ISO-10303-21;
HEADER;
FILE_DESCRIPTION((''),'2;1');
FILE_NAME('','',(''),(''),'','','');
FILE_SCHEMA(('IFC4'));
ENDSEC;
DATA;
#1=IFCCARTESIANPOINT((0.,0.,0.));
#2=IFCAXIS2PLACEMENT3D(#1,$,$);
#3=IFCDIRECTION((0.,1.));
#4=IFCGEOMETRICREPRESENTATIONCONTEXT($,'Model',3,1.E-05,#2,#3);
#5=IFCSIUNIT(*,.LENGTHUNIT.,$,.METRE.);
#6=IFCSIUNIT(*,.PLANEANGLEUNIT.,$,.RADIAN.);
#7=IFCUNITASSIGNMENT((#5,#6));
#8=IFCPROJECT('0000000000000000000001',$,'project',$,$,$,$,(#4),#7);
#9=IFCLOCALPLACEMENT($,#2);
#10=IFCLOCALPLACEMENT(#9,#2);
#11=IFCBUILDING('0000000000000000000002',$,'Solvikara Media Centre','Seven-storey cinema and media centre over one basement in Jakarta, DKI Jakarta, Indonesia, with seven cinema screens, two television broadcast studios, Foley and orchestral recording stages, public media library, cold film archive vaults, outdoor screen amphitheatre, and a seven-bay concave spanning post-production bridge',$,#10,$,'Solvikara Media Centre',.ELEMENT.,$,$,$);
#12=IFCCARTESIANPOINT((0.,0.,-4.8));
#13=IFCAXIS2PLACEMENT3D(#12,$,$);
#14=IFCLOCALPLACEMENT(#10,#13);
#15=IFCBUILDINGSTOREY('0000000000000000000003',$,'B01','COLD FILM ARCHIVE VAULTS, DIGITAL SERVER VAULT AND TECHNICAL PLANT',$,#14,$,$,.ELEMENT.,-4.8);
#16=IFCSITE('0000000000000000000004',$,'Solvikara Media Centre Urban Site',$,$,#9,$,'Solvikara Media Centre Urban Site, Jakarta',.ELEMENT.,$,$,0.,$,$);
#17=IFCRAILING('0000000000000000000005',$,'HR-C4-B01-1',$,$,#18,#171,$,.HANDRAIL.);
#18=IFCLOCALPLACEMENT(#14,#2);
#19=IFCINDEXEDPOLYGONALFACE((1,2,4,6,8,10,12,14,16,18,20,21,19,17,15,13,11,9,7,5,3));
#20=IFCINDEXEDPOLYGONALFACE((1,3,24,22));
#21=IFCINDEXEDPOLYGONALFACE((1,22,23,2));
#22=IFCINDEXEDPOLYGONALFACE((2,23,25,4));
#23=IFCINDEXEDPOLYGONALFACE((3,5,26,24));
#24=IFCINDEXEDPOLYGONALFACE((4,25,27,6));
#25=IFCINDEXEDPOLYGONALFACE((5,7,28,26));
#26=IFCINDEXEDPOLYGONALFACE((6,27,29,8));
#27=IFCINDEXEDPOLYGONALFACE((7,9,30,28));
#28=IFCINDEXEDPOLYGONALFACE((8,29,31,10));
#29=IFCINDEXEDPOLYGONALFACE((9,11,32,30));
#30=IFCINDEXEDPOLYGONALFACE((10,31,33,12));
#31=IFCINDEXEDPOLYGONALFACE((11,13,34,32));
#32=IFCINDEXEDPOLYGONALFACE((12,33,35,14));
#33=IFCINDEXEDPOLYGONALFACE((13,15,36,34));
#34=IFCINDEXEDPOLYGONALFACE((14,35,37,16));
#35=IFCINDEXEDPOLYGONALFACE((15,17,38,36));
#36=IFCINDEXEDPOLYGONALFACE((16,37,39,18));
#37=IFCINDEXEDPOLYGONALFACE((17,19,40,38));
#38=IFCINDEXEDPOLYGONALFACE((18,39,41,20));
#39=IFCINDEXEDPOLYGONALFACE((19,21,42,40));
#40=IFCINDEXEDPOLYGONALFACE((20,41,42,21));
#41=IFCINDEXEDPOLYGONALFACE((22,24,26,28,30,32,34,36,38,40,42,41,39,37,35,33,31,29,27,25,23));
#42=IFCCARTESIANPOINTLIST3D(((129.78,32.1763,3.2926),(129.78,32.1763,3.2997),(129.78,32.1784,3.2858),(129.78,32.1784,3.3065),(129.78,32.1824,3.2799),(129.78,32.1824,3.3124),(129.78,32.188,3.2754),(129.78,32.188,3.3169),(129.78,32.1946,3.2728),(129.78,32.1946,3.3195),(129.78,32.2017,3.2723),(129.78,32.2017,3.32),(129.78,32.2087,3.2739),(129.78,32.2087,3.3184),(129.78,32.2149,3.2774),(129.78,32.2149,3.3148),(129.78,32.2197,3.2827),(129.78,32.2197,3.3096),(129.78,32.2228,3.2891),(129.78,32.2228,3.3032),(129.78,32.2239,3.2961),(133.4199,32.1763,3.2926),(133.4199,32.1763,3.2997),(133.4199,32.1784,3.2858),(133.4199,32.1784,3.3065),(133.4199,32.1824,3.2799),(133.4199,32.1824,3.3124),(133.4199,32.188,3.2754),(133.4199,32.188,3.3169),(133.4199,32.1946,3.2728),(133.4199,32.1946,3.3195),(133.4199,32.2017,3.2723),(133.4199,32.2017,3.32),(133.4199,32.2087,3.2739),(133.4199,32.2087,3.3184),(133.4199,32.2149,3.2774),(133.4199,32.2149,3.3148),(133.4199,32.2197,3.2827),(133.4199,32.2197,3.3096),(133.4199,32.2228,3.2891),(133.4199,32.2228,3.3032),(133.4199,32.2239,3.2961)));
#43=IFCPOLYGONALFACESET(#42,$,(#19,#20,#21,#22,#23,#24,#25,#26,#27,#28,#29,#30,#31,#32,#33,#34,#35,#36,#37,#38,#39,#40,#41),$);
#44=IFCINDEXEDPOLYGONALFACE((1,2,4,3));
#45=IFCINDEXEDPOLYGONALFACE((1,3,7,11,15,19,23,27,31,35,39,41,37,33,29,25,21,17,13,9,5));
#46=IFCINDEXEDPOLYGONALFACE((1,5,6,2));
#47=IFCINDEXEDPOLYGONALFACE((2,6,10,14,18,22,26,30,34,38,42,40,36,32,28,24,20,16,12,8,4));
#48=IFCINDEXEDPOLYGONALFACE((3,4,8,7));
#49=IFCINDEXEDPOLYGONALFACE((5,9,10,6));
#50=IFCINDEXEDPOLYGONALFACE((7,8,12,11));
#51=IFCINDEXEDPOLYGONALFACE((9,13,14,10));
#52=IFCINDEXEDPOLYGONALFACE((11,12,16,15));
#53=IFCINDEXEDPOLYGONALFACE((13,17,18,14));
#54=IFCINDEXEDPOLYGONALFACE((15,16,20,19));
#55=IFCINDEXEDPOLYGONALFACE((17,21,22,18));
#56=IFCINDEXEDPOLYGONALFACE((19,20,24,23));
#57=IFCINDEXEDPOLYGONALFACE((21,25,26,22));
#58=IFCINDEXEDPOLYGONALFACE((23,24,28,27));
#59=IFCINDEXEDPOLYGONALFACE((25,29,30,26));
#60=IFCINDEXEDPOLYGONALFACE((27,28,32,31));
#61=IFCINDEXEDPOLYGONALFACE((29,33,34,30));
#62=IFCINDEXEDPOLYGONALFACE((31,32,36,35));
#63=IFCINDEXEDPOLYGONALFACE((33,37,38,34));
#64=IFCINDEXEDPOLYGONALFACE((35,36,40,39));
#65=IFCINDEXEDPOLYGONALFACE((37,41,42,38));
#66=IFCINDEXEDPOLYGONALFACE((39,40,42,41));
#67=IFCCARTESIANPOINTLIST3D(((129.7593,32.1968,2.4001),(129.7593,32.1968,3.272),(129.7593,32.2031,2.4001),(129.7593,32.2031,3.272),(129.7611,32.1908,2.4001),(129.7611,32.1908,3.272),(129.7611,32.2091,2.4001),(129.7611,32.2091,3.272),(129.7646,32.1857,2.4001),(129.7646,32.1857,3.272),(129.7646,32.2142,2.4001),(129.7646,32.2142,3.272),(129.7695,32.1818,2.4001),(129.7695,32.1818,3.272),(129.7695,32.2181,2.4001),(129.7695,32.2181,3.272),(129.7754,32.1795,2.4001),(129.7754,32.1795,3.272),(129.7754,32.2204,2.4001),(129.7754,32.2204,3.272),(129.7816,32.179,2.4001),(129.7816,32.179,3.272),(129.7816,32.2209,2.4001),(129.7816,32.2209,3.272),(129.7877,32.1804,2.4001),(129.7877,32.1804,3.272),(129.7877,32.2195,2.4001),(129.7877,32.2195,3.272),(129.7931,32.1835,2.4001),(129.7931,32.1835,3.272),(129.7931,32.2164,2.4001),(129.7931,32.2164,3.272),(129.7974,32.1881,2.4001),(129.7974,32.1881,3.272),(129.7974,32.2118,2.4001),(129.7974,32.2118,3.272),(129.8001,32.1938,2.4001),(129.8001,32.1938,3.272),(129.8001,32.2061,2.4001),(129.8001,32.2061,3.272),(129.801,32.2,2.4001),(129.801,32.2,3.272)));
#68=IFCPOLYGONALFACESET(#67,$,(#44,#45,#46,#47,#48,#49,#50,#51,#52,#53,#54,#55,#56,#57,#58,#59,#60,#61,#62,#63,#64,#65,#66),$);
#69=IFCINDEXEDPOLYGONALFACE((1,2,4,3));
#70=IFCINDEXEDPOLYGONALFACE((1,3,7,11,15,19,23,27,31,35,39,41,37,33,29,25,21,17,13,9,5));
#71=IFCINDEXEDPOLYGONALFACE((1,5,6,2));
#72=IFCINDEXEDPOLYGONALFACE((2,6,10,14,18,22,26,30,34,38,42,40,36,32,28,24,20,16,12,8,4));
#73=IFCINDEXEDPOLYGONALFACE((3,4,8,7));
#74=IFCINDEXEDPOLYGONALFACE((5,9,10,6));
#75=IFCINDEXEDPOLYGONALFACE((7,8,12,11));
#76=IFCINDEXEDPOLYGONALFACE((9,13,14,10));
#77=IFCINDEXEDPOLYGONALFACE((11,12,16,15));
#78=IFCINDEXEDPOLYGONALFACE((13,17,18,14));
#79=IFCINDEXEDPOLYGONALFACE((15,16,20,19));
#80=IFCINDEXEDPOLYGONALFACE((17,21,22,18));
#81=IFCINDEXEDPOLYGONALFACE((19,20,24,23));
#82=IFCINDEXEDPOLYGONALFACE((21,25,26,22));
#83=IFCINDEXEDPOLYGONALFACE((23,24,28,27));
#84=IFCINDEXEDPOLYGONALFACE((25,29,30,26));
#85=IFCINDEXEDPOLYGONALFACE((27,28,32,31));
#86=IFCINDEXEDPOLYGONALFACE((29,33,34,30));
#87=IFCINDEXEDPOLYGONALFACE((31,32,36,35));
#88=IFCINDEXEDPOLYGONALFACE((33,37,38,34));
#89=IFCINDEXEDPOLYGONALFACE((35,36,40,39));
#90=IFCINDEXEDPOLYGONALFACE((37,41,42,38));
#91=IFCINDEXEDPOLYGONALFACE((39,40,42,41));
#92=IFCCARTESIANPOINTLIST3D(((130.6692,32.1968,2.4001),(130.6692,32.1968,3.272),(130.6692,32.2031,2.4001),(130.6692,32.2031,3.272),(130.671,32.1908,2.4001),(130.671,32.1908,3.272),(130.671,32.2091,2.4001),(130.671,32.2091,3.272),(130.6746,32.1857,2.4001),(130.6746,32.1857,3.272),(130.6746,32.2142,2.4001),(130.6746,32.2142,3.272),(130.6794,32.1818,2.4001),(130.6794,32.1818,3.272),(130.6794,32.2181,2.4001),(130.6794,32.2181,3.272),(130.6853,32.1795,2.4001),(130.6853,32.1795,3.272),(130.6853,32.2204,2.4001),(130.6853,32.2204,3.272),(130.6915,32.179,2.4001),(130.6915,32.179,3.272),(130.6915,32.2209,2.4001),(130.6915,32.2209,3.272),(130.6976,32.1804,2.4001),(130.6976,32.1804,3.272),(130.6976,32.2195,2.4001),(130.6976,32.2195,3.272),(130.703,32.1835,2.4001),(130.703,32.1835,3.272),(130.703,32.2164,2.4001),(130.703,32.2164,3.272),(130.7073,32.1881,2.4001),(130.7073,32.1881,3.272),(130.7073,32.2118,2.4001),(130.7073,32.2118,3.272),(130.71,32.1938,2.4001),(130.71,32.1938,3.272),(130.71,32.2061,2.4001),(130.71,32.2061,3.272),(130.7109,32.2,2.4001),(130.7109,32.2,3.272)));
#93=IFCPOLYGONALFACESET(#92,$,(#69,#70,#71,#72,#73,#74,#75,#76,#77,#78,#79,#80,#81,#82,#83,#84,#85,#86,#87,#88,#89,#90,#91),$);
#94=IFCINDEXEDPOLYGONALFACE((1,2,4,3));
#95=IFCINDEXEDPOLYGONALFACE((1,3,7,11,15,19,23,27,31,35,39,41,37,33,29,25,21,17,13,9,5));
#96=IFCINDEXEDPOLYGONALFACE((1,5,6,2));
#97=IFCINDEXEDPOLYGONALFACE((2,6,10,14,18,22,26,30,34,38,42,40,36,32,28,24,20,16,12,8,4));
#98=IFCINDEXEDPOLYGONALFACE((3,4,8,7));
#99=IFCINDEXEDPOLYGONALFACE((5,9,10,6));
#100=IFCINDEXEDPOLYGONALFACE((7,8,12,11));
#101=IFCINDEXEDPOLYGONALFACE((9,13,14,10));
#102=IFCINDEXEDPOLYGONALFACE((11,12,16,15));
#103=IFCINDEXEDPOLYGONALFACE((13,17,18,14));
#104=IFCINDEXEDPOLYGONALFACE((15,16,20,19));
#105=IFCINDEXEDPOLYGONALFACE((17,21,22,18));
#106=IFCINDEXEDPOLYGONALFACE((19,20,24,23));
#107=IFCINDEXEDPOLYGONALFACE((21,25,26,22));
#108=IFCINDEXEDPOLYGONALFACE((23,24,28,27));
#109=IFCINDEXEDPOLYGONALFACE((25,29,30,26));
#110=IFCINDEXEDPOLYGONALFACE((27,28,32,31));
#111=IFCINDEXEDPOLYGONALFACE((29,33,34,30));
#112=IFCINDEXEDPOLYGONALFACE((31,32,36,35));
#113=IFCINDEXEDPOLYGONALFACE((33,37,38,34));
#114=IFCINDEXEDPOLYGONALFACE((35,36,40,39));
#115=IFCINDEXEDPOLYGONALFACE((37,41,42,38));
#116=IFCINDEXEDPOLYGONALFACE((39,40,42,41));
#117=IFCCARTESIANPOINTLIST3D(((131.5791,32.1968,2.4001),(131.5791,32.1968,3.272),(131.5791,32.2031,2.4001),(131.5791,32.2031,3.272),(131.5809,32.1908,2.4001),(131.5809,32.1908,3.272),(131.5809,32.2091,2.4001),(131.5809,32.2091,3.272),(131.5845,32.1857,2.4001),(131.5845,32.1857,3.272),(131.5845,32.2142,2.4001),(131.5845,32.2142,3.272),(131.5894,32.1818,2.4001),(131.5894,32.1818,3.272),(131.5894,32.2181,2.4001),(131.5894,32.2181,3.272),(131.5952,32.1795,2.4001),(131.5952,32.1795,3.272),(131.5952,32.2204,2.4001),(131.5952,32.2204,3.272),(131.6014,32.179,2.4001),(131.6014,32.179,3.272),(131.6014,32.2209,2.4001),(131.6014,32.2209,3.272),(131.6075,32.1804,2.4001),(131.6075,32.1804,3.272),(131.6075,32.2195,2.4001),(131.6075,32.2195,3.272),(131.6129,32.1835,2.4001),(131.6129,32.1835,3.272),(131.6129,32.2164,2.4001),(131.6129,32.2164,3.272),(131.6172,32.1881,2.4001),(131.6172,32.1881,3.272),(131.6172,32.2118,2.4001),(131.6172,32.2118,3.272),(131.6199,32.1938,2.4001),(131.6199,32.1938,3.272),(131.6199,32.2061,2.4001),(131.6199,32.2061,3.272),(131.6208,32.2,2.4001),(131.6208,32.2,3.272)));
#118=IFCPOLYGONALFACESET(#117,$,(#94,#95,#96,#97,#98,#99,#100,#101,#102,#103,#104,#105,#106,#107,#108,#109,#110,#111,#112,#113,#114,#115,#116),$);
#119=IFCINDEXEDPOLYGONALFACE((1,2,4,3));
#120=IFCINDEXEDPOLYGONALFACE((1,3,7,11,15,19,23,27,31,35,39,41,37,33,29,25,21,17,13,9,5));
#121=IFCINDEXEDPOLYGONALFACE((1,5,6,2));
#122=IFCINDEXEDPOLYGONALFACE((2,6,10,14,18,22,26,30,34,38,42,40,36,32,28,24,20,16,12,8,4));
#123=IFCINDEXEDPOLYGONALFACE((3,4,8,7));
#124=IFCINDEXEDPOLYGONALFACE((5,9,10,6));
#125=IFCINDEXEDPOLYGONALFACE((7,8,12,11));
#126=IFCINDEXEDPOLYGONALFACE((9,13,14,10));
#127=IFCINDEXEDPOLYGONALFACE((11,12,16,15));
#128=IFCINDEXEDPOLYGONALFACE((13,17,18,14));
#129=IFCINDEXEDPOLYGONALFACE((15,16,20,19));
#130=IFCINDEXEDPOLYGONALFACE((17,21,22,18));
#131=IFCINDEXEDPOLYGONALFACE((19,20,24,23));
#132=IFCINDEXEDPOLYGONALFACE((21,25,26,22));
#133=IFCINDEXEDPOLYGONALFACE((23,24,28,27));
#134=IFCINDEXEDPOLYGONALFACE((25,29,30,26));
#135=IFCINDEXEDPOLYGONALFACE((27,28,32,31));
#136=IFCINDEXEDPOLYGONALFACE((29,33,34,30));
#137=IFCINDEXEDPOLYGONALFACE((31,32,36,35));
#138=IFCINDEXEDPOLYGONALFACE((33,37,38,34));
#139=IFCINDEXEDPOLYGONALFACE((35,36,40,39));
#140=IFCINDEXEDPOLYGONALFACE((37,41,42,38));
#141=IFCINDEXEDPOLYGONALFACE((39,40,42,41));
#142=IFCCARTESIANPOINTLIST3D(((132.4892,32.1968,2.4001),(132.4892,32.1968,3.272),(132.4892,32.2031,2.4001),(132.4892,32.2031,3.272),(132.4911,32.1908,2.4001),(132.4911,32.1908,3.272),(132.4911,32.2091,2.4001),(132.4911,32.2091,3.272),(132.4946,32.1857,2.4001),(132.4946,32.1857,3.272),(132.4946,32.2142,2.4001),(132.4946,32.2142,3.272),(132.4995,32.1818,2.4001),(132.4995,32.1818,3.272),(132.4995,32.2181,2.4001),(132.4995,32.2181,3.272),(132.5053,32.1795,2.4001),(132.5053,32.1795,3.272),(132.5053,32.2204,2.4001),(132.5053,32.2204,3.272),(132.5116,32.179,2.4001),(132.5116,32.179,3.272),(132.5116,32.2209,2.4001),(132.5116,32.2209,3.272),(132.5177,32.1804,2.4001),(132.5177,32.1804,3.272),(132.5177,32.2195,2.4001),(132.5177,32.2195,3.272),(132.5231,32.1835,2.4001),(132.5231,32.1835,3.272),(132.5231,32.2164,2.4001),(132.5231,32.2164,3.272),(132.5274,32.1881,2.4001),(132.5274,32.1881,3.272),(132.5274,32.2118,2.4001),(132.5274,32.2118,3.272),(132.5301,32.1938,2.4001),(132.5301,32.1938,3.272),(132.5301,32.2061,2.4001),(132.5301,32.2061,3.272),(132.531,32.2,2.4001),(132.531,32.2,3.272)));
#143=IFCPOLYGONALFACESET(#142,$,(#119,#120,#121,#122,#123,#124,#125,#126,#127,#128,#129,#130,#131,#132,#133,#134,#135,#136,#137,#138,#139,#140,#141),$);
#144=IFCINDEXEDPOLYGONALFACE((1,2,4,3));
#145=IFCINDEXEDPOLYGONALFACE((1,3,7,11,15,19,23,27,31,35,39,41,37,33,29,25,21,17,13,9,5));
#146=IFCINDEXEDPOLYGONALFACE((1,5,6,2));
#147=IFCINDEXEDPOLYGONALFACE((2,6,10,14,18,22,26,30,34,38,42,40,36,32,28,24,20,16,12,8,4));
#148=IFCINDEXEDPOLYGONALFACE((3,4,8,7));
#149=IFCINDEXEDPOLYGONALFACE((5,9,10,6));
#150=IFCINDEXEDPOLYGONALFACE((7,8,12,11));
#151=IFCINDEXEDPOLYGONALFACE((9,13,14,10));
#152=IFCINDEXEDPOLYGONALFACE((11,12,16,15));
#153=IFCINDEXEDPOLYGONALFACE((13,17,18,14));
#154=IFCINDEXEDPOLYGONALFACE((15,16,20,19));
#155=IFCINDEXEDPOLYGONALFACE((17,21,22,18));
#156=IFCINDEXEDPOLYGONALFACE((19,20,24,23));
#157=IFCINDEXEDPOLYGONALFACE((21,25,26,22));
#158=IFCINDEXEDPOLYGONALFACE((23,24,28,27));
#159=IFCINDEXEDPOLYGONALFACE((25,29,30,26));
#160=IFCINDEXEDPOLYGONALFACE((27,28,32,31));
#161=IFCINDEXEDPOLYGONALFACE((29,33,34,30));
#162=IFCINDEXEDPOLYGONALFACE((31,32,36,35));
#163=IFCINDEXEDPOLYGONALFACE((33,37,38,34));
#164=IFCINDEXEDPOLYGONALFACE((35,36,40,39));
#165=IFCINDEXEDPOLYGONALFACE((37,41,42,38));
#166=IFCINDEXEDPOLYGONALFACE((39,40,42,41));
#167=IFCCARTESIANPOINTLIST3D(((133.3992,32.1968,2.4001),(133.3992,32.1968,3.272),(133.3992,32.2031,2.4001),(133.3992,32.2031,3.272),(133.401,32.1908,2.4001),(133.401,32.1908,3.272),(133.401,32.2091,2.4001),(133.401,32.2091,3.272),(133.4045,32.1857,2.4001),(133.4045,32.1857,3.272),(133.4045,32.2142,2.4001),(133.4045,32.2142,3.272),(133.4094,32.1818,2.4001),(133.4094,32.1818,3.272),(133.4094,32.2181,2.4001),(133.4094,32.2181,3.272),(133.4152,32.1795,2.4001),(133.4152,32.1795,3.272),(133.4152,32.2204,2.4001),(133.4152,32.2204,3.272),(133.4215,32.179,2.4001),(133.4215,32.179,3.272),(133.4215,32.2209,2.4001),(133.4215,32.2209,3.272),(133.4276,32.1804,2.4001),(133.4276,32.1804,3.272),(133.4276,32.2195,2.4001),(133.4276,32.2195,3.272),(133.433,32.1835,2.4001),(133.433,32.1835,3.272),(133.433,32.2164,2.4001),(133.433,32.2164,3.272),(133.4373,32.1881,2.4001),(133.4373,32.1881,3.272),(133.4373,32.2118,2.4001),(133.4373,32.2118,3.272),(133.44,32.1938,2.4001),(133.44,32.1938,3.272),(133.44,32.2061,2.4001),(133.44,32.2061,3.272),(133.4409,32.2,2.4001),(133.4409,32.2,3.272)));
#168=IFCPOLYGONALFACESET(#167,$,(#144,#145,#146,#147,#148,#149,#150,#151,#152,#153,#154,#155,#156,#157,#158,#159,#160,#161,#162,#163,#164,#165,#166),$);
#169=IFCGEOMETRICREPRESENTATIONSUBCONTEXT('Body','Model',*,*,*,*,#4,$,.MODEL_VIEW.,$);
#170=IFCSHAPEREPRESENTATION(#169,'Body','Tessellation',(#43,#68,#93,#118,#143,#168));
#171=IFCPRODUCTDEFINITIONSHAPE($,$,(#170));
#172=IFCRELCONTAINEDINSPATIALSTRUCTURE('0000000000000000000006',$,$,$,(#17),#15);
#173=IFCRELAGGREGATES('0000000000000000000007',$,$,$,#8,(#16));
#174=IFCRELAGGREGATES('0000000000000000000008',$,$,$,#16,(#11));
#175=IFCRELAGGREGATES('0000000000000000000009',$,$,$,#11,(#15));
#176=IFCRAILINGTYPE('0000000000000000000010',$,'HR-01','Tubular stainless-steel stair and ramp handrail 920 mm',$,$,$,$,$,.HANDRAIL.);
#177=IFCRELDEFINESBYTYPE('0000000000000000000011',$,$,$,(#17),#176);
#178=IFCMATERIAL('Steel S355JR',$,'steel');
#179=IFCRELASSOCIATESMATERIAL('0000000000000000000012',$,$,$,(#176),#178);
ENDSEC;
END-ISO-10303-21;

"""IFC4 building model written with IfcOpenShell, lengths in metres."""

from ifc_helpers import new_model, si_unit, direction, frame, origin, origin_2d, place, context, subcontext, project, spatial, circle, extrude, material, type_object, element, save


model = new_model("IFC4")

# Units and contexts
model_context = context("Model", 3, precision=1e-05, world=origin(), true_north=direction((0.0, 1.0)))
body_context = subcontext(model_context, "Body", "Model", "MODEL_VIEW")
ifc_project = project(units=[si_unit("LENGTHUNIT", "METRE"), si_unit("PLANEANGLEUNIT", "RADIAN")], contexts=[model_context])

# Site, building, storey
site_placement = place(None, origin())
site = spatial("IfcSite", under=ifc_project, at=site_placement, Name="Solvikara Media Centre Urban Site", LongName="Solvikara Media Centre Urban Site, Jakarta", CompositionType="ELEMENT", RefElevation=0.0)
building_placement = place(site_placement, origin())
building = spatial("IfcBuilding", under=site, at=building_placement, Name="Solvikara Media Centre", Description="Seven-storey cinema and media centre over one basement in Jakarta, DKI Jakarta, Indonesia, with seven cinema screens, two television broadcast studios, Foley and orchestral recording stages, public media library, cold film archive vaults, outdoor screen amphitheatre, and a seven-bay concave spanning post-production bridge", LongName="Solvikara Media Centre", CompositionType="ELEMENT")
storey_placement = place(building_placement, frame((0.0, 0.0, -4.8)))
storey = spatial("IfcBuildingStorey", under=building, at=storey_placement, Name="B01", Description="COLD FILM ARCHIVE VAULTS, DIGITAL SERVER VAULT AND TECHNICAL PLANT", CompositionType="ELEMENT", Elevation=-4.8)

# Railing
ifc_material_1 = material(Name="Steel S355JR", Category="steel")
railing_type = type_object("IfcRailingType", Name="HR-01", Description="Tubular stainless-steel stair and ramp handrail 920 mm", PredefinedType="HANDRAIL", material=ifc_material_1)
railing_placement = place(storey_placement, frame((129.78, 32.2, 2.4001)))
element("IfcRailing", 1, at=railing_placement, inside=storey, type_object=railing_type, Name="HR-C4-B01-1", PredefinedType="HANDRAIL", context=body_context, shape_type="SweptSolid", body=[
    extrude(circle(Radius=0.0239, at=origin_2d()), frame((0.0, 0.0, 0.896), z_axis=(1.0, 0.0, 0.0), x_axis=(0.0, 1.0, 0.0)), (0.0, 0.0, 1.0), 3.6399),
    extrude(circle(Radius=0.021, at=origin_2d()), origin(), (0.0, 0.0, 1.0), 0.8718),
    extrude(circle(Radius=0.021, at=origin_2d()), frame((0.9099, 0.0, 0.0)), (0.0, 0.0, 1.0), 0.8718),
    extrude(circle(Radius=0.021, at=origin_2d()), frame((1.8198, 0.0, 0.0)), (0.0, 0.0, 1.0), 0.8718),
    extrude(circle(Radius=0.021, at=origin_2d()), frame((2.73, 0.0, 0.0)), (0.0, 0.0, 1.0), 0.8718),
    extrude(circle(Radius=0.021, at=origin_2d()), frame((3.6399, 0.0, 0.0)), (0.0, 0.0, 1.0), 0.8718),
])

save(model, "model.ifc")
